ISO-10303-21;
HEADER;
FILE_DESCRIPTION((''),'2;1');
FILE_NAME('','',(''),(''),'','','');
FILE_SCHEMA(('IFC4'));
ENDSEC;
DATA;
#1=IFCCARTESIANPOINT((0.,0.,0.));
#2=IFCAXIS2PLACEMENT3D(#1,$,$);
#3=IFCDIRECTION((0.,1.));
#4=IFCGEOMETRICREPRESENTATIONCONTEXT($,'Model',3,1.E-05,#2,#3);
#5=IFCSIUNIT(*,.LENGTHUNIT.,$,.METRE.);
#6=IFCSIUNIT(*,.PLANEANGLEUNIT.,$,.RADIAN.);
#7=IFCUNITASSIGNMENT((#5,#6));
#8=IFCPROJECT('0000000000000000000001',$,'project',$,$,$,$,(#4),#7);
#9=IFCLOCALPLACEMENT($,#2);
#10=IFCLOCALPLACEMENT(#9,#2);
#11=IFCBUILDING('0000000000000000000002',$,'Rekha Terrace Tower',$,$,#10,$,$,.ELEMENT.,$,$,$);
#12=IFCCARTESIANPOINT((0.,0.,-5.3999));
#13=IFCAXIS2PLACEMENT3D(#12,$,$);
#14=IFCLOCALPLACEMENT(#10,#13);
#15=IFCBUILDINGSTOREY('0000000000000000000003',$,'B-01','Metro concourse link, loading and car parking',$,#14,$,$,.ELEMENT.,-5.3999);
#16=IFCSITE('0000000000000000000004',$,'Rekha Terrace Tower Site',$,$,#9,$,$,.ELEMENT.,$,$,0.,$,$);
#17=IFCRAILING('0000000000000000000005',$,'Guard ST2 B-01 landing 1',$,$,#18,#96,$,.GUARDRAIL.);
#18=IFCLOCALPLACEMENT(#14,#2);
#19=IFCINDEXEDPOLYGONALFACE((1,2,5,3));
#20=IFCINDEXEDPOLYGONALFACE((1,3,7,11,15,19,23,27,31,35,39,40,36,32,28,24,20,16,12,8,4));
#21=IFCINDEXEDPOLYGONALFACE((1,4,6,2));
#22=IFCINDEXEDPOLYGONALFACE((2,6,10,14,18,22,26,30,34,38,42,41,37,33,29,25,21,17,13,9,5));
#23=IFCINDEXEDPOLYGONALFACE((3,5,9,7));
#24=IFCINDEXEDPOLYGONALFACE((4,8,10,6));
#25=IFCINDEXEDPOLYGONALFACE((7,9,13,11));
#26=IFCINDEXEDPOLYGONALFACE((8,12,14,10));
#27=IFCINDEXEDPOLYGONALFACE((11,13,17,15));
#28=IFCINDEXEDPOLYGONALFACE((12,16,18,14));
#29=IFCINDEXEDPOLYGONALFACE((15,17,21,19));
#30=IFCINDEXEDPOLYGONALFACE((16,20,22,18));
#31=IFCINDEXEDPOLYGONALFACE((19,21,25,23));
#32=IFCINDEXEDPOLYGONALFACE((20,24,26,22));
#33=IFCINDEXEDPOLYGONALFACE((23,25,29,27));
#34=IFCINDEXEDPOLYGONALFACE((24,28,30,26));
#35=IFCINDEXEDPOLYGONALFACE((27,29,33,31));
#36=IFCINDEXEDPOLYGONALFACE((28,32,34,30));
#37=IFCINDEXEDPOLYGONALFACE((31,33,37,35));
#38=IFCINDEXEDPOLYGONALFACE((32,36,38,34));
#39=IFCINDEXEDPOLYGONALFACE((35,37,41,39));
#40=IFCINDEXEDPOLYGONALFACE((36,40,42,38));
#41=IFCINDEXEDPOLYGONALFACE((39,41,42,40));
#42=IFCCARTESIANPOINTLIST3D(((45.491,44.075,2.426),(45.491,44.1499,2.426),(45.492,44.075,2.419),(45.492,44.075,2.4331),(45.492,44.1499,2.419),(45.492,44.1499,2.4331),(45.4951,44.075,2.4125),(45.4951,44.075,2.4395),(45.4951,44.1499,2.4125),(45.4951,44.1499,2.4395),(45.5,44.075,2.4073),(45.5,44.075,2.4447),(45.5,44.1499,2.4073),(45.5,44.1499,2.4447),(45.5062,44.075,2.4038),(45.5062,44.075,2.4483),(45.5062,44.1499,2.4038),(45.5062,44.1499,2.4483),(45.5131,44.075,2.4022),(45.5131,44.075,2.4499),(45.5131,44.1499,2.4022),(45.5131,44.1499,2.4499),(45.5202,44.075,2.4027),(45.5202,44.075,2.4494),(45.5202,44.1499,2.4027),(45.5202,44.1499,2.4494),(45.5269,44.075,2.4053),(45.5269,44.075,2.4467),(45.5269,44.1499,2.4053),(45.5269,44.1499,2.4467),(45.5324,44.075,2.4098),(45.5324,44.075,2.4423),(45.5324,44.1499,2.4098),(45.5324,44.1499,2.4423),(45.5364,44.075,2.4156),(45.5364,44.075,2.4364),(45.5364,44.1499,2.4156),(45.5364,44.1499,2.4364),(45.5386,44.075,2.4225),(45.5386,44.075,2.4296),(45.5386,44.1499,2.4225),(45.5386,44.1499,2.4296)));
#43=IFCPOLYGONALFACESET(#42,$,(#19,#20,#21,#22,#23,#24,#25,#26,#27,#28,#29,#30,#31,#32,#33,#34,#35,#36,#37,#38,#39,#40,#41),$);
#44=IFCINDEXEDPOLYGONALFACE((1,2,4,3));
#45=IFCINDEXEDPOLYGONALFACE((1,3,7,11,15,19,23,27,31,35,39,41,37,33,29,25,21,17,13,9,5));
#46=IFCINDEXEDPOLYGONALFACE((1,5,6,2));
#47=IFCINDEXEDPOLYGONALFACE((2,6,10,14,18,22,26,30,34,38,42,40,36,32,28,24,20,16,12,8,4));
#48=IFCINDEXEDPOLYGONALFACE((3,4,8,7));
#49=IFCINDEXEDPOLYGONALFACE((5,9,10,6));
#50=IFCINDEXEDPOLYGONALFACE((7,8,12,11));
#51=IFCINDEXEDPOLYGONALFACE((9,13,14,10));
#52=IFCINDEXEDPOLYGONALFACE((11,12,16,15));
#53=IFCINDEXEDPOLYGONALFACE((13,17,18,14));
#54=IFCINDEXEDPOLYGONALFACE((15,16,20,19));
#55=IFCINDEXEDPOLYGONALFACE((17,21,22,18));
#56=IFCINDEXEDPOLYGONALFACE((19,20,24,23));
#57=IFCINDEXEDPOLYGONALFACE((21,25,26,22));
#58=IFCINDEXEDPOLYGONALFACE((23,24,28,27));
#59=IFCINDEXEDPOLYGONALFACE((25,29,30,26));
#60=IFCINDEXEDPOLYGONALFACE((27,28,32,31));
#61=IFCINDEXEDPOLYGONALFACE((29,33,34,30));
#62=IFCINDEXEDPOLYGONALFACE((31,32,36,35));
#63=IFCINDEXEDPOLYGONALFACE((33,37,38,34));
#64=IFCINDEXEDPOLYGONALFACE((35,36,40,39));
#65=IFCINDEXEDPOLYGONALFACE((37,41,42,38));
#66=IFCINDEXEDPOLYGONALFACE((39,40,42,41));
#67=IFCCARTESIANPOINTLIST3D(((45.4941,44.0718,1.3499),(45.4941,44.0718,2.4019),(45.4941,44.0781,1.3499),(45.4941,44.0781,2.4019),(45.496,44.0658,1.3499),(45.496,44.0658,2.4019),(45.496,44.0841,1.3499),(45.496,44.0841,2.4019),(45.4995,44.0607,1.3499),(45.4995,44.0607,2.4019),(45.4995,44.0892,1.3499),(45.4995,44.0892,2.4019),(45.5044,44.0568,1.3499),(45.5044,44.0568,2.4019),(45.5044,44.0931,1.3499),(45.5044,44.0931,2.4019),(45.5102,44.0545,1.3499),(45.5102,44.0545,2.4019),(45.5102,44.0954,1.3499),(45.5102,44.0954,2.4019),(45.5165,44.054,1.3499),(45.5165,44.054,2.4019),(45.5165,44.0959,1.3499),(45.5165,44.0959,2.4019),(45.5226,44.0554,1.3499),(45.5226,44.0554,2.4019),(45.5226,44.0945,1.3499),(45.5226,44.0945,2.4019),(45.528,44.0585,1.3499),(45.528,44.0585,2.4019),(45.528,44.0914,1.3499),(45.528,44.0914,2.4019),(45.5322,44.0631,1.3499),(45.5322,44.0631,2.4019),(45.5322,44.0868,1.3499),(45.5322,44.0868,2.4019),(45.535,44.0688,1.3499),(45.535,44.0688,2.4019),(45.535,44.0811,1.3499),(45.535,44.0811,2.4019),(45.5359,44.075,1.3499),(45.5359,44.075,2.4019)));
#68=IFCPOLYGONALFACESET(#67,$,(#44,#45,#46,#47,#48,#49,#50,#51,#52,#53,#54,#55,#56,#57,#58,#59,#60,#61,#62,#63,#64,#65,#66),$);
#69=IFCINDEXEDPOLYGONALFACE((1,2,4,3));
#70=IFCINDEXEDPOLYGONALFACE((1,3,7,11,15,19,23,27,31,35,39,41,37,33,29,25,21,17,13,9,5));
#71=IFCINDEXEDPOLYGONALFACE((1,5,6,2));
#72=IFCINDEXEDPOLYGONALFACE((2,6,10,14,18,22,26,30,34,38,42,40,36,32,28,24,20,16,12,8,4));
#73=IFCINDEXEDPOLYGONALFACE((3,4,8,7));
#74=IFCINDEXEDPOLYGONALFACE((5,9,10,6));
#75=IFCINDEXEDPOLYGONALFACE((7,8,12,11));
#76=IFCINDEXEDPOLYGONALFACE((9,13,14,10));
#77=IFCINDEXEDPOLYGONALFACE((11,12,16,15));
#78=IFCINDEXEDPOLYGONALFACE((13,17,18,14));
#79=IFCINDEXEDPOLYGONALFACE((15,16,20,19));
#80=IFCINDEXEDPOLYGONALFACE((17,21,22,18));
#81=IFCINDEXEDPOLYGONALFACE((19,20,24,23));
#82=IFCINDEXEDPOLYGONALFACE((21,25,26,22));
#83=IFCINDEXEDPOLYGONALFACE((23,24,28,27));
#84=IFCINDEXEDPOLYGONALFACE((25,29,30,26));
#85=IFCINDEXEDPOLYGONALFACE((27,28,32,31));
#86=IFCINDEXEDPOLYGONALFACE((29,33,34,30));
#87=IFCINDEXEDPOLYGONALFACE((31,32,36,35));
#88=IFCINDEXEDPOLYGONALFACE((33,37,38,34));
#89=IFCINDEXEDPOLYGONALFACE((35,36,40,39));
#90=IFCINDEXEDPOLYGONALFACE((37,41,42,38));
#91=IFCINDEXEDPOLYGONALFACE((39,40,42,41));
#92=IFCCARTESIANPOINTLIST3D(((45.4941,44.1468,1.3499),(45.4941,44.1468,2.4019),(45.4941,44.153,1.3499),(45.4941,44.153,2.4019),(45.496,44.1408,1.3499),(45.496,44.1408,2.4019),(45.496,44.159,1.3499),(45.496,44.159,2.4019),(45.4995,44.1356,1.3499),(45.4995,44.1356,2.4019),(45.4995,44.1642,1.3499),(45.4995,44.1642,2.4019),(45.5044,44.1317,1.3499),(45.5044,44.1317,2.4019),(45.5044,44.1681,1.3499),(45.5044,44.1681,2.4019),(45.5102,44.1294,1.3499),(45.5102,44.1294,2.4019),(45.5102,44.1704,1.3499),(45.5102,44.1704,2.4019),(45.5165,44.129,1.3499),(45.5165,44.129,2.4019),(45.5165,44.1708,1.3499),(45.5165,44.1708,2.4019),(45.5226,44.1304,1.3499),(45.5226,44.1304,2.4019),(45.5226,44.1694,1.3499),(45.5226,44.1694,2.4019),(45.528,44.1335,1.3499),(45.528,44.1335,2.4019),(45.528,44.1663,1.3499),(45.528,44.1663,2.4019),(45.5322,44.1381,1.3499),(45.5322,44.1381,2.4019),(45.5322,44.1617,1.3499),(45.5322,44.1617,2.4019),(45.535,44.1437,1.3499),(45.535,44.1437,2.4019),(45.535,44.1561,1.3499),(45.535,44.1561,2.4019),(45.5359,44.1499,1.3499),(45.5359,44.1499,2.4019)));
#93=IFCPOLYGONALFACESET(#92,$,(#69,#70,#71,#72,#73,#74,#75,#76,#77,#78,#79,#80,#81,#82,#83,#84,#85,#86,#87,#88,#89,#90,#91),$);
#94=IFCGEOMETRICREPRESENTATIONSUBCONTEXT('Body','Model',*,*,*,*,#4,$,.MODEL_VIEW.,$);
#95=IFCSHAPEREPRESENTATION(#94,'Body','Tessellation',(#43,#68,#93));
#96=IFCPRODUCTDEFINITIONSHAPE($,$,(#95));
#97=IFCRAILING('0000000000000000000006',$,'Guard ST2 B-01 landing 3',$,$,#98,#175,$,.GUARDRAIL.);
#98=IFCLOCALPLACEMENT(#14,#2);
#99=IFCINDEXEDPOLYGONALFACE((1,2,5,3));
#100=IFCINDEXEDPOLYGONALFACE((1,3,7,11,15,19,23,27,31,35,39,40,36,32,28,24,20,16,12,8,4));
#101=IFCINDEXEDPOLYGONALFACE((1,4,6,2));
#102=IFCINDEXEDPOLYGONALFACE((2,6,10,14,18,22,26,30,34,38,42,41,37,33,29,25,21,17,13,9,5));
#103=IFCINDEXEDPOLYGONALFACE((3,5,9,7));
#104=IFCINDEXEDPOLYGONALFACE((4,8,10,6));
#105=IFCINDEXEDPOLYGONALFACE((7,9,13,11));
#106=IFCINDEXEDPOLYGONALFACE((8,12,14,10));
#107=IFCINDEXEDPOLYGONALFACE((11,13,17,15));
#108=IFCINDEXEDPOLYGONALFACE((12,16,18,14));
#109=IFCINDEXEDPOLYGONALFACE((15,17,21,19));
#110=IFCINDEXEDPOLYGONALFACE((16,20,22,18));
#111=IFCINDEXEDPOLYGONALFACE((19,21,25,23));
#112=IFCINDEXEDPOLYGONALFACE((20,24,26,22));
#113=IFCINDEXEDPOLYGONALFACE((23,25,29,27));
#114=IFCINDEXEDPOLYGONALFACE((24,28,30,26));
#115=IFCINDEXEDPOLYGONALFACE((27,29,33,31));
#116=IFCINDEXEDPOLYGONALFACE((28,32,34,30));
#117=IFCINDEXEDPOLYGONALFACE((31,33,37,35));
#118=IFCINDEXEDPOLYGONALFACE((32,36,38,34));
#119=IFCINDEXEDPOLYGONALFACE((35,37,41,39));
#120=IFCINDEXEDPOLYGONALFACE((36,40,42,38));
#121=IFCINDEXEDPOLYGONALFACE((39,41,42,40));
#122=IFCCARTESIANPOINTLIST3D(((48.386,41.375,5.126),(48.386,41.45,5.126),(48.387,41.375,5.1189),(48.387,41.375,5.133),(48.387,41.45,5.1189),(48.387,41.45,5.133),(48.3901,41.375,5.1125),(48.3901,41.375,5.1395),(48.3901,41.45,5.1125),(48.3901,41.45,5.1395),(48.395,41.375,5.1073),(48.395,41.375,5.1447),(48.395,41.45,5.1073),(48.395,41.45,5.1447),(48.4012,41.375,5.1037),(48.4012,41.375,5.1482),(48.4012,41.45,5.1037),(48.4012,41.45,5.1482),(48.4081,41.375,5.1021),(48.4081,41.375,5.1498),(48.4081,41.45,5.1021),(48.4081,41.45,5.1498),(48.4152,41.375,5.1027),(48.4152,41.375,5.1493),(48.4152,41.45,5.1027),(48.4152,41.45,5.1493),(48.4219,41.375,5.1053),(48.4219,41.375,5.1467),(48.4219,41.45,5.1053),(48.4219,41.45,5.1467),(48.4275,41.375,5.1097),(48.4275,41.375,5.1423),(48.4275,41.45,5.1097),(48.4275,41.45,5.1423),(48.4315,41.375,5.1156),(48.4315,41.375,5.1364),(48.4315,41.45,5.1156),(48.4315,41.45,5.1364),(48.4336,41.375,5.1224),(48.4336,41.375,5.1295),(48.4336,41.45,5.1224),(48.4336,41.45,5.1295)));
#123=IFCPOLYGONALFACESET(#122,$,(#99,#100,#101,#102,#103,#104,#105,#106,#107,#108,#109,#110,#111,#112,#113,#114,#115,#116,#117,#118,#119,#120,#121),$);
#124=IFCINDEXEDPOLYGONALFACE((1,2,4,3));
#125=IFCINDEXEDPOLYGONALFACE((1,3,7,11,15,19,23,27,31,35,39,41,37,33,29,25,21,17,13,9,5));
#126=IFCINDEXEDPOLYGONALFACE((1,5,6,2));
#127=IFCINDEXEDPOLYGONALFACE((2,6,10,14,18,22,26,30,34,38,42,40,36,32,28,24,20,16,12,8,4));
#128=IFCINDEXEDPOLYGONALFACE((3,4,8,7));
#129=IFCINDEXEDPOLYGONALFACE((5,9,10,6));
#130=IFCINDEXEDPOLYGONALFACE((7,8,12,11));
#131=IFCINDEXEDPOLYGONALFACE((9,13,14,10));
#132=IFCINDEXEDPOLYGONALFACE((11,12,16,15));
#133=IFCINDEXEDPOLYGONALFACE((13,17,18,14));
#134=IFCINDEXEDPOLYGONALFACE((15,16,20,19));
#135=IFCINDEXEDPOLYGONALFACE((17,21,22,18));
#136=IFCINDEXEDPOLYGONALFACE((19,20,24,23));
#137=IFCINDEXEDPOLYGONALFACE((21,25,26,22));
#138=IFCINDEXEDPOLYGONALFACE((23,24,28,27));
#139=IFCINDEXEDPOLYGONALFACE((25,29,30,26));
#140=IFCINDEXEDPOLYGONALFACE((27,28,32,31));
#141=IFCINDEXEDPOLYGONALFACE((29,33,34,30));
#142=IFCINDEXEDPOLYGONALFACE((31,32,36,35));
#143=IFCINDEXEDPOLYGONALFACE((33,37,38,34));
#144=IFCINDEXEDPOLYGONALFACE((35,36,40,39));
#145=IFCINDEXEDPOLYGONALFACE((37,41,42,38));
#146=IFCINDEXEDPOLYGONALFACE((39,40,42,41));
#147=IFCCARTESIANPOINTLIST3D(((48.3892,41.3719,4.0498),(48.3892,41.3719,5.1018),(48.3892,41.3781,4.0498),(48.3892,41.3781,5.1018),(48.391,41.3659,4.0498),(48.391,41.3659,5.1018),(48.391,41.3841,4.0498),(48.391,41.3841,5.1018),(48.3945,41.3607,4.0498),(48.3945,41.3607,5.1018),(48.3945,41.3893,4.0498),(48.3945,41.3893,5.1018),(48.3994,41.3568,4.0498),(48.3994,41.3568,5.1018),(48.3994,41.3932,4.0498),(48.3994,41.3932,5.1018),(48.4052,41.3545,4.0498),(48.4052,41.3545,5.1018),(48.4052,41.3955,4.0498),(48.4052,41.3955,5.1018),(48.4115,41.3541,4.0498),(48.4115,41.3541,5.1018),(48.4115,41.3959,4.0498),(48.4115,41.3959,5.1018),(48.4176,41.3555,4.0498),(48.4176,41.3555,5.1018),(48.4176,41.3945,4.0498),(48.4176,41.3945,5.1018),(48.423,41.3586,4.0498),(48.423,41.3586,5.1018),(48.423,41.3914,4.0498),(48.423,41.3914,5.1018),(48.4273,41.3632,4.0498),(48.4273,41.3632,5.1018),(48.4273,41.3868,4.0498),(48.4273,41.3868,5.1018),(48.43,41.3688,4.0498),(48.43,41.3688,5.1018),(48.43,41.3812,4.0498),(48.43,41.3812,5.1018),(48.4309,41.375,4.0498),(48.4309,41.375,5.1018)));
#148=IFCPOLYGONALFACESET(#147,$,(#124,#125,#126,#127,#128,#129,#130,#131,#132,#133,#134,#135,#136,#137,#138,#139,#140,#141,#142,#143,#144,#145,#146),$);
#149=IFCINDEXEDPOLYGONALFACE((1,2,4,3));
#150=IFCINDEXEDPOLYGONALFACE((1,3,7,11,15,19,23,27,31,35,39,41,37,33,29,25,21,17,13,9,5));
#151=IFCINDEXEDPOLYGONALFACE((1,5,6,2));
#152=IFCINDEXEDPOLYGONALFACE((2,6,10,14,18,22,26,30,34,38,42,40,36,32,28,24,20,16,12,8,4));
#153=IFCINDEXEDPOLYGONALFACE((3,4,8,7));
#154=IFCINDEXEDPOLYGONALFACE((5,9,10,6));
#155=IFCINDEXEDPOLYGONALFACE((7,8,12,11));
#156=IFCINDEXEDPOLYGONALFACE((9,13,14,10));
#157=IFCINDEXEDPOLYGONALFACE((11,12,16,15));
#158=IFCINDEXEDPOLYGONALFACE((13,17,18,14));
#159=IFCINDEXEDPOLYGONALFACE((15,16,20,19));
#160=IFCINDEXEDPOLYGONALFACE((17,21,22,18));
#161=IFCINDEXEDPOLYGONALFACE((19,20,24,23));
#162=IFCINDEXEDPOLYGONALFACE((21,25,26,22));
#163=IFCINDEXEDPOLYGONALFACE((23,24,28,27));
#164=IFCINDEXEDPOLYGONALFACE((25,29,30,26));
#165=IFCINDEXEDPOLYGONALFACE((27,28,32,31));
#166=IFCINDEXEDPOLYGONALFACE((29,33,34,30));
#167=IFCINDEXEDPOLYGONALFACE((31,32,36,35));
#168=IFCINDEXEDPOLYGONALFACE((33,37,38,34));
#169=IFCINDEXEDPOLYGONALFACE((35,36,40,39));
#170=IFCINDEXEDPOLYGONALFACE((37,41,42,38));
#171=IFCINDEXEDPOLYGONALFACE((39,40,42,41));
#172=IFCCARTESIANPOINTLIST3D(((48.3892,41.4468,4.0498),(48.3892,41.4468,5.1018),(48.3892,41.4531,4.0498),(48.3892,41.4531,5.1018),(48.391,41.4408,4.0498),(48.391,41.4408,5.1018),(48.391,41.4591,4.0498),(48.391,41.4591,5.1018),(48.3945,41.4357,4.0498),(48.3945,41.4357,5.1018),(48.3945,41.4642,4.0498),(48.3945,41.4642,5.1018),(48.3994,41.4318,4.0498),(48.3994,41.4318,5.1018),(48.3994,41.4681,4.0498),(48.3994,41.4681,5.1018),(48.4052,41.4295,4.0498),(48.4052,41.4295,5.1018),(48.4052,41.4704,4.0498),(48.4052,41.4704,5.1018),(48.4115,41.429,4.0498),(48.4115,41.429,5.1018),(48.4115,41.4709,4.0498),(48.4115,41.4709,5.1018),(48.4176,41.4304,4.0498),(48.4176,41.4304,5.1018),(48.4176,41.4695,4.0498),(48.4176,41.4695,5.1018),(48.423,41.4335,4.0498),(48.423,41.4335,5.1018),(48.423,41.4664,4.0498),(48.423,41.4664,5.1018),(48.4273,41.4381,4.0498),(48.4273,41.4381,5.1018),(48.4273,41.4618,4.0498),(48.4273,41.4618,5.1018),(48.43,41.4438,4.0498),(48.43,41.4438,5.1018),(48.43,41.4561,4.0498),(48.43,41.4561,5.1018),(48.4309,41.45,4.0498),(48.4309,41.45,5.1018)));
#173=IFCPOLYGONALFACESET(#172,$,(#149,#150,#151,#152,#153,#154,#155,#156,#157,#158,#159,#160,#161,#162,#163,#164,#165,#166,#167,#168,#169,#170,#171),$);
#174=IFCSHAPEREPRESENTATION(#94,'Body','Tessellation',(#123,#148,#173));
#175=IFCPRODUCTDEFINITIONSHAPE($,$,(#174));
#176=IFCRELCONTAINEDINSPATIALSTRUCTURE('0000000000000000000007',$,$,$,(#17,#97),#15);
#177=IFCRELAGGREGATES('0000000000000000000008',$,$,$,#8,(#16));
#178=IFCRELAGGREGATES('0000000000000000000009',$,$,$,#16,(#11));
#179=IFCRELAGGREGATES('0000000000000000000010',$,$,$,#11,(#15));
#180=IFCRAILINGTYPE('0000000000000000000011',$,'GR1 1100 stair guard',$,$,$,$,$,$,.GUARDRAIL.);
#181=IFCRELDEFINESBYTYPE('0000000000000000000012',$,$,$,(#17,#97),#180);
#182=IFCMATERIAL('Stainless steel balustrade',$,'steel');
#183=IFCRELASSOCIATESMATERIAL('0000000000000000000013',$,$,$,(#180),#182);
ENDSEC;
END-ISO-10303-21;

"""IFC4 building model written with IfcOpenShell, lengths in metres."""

from ifc_helpers import new_model, si_unit, direction, frame, origin, origin_2d, place, context, subcontext, project, spatial, circle, extrude, material, type_object, element, save


model = new_model("IFC4")

# Units and contexts
model_context = context("Model", 3, precision=1e-05, world=origin(), true_north=direction((0.0, 1.0)))
body_context = subcontext(model_context, "Body", "Model", "MODEL_VIEW")
ifc_project = project(units=[si_unit("LENGTHUNIT", "METRE"), si_unit("PLANEANGLEUNIT", "RADIAN")], contexts=[model_context])

# Site, building, storey
site_placement = place(None, origin())
site = spatial("IfcSite", under=ifc_project, at=site_placement, Name="Rekha Terrace Tower Site", CompositionType="ELEMENT", RefElevation=0.0)
building_placement = place(site_placement, origin())
building = spatial("IfcBuilding", under=site, at=building_placement, Name="Rekha Terrace Tower", CompositionType="ELEMENT")
storey_placement = place(building_placement, frame((0.0, 0.0, -5.3999)))
storey = spatial("IfcBuildingStorey", under=building, at=storey_placement, Name="B-01", Description="Metro concourse link, loading and car parking", CompositionType="ELEMENT", Elevation=-5.3999)

# Railings
ifc_material_1 = material(Name="Stainless steel balustrade", Category="steel")
railing_type_1 = type_object("IfcRailingType", Name="GR1 1100 stair guard", PredefinedType="GUARDRAIL", material=ifc_material_1)
for number, where, name in (
    (1, (45.5149, 44.075, 1.3499), "Guard ST2 B-01 landing 1"),
    (2, (48.4099, 41.375, 4.0498), "Guard ST2 B-01 landing 3"),
):
    element("IfcRailing", number, at=place(storey_placement, frame(where)), inside=storey, type_object=railing_type_1, Name=name, PredefinedType="GUARDRAIL", context=body_context, shape_type="SweptSolid", body=[
        extrude(circle(Radius=0.0239, at=origin_2d()), frame((0.0, 0.0, 1.0762), z_axis=(0.0, 1.0, 0.0), x_axis=(-1.0, 0.0, 0.0)), (0.0, 0.0, 1.0), 0.075),
        extrude(circle(Radius=0.021, at=origin_2d()), origin(), (0.0, 0.0, 1.0), 1.052),
        extrude(circle(Radius=0.021, at=origin_2d()), frame((0.0, 0.075, 0.0)), (0.0, 0.0, 1.0), 1.052),
    ])

save(model, "model.ifc")
